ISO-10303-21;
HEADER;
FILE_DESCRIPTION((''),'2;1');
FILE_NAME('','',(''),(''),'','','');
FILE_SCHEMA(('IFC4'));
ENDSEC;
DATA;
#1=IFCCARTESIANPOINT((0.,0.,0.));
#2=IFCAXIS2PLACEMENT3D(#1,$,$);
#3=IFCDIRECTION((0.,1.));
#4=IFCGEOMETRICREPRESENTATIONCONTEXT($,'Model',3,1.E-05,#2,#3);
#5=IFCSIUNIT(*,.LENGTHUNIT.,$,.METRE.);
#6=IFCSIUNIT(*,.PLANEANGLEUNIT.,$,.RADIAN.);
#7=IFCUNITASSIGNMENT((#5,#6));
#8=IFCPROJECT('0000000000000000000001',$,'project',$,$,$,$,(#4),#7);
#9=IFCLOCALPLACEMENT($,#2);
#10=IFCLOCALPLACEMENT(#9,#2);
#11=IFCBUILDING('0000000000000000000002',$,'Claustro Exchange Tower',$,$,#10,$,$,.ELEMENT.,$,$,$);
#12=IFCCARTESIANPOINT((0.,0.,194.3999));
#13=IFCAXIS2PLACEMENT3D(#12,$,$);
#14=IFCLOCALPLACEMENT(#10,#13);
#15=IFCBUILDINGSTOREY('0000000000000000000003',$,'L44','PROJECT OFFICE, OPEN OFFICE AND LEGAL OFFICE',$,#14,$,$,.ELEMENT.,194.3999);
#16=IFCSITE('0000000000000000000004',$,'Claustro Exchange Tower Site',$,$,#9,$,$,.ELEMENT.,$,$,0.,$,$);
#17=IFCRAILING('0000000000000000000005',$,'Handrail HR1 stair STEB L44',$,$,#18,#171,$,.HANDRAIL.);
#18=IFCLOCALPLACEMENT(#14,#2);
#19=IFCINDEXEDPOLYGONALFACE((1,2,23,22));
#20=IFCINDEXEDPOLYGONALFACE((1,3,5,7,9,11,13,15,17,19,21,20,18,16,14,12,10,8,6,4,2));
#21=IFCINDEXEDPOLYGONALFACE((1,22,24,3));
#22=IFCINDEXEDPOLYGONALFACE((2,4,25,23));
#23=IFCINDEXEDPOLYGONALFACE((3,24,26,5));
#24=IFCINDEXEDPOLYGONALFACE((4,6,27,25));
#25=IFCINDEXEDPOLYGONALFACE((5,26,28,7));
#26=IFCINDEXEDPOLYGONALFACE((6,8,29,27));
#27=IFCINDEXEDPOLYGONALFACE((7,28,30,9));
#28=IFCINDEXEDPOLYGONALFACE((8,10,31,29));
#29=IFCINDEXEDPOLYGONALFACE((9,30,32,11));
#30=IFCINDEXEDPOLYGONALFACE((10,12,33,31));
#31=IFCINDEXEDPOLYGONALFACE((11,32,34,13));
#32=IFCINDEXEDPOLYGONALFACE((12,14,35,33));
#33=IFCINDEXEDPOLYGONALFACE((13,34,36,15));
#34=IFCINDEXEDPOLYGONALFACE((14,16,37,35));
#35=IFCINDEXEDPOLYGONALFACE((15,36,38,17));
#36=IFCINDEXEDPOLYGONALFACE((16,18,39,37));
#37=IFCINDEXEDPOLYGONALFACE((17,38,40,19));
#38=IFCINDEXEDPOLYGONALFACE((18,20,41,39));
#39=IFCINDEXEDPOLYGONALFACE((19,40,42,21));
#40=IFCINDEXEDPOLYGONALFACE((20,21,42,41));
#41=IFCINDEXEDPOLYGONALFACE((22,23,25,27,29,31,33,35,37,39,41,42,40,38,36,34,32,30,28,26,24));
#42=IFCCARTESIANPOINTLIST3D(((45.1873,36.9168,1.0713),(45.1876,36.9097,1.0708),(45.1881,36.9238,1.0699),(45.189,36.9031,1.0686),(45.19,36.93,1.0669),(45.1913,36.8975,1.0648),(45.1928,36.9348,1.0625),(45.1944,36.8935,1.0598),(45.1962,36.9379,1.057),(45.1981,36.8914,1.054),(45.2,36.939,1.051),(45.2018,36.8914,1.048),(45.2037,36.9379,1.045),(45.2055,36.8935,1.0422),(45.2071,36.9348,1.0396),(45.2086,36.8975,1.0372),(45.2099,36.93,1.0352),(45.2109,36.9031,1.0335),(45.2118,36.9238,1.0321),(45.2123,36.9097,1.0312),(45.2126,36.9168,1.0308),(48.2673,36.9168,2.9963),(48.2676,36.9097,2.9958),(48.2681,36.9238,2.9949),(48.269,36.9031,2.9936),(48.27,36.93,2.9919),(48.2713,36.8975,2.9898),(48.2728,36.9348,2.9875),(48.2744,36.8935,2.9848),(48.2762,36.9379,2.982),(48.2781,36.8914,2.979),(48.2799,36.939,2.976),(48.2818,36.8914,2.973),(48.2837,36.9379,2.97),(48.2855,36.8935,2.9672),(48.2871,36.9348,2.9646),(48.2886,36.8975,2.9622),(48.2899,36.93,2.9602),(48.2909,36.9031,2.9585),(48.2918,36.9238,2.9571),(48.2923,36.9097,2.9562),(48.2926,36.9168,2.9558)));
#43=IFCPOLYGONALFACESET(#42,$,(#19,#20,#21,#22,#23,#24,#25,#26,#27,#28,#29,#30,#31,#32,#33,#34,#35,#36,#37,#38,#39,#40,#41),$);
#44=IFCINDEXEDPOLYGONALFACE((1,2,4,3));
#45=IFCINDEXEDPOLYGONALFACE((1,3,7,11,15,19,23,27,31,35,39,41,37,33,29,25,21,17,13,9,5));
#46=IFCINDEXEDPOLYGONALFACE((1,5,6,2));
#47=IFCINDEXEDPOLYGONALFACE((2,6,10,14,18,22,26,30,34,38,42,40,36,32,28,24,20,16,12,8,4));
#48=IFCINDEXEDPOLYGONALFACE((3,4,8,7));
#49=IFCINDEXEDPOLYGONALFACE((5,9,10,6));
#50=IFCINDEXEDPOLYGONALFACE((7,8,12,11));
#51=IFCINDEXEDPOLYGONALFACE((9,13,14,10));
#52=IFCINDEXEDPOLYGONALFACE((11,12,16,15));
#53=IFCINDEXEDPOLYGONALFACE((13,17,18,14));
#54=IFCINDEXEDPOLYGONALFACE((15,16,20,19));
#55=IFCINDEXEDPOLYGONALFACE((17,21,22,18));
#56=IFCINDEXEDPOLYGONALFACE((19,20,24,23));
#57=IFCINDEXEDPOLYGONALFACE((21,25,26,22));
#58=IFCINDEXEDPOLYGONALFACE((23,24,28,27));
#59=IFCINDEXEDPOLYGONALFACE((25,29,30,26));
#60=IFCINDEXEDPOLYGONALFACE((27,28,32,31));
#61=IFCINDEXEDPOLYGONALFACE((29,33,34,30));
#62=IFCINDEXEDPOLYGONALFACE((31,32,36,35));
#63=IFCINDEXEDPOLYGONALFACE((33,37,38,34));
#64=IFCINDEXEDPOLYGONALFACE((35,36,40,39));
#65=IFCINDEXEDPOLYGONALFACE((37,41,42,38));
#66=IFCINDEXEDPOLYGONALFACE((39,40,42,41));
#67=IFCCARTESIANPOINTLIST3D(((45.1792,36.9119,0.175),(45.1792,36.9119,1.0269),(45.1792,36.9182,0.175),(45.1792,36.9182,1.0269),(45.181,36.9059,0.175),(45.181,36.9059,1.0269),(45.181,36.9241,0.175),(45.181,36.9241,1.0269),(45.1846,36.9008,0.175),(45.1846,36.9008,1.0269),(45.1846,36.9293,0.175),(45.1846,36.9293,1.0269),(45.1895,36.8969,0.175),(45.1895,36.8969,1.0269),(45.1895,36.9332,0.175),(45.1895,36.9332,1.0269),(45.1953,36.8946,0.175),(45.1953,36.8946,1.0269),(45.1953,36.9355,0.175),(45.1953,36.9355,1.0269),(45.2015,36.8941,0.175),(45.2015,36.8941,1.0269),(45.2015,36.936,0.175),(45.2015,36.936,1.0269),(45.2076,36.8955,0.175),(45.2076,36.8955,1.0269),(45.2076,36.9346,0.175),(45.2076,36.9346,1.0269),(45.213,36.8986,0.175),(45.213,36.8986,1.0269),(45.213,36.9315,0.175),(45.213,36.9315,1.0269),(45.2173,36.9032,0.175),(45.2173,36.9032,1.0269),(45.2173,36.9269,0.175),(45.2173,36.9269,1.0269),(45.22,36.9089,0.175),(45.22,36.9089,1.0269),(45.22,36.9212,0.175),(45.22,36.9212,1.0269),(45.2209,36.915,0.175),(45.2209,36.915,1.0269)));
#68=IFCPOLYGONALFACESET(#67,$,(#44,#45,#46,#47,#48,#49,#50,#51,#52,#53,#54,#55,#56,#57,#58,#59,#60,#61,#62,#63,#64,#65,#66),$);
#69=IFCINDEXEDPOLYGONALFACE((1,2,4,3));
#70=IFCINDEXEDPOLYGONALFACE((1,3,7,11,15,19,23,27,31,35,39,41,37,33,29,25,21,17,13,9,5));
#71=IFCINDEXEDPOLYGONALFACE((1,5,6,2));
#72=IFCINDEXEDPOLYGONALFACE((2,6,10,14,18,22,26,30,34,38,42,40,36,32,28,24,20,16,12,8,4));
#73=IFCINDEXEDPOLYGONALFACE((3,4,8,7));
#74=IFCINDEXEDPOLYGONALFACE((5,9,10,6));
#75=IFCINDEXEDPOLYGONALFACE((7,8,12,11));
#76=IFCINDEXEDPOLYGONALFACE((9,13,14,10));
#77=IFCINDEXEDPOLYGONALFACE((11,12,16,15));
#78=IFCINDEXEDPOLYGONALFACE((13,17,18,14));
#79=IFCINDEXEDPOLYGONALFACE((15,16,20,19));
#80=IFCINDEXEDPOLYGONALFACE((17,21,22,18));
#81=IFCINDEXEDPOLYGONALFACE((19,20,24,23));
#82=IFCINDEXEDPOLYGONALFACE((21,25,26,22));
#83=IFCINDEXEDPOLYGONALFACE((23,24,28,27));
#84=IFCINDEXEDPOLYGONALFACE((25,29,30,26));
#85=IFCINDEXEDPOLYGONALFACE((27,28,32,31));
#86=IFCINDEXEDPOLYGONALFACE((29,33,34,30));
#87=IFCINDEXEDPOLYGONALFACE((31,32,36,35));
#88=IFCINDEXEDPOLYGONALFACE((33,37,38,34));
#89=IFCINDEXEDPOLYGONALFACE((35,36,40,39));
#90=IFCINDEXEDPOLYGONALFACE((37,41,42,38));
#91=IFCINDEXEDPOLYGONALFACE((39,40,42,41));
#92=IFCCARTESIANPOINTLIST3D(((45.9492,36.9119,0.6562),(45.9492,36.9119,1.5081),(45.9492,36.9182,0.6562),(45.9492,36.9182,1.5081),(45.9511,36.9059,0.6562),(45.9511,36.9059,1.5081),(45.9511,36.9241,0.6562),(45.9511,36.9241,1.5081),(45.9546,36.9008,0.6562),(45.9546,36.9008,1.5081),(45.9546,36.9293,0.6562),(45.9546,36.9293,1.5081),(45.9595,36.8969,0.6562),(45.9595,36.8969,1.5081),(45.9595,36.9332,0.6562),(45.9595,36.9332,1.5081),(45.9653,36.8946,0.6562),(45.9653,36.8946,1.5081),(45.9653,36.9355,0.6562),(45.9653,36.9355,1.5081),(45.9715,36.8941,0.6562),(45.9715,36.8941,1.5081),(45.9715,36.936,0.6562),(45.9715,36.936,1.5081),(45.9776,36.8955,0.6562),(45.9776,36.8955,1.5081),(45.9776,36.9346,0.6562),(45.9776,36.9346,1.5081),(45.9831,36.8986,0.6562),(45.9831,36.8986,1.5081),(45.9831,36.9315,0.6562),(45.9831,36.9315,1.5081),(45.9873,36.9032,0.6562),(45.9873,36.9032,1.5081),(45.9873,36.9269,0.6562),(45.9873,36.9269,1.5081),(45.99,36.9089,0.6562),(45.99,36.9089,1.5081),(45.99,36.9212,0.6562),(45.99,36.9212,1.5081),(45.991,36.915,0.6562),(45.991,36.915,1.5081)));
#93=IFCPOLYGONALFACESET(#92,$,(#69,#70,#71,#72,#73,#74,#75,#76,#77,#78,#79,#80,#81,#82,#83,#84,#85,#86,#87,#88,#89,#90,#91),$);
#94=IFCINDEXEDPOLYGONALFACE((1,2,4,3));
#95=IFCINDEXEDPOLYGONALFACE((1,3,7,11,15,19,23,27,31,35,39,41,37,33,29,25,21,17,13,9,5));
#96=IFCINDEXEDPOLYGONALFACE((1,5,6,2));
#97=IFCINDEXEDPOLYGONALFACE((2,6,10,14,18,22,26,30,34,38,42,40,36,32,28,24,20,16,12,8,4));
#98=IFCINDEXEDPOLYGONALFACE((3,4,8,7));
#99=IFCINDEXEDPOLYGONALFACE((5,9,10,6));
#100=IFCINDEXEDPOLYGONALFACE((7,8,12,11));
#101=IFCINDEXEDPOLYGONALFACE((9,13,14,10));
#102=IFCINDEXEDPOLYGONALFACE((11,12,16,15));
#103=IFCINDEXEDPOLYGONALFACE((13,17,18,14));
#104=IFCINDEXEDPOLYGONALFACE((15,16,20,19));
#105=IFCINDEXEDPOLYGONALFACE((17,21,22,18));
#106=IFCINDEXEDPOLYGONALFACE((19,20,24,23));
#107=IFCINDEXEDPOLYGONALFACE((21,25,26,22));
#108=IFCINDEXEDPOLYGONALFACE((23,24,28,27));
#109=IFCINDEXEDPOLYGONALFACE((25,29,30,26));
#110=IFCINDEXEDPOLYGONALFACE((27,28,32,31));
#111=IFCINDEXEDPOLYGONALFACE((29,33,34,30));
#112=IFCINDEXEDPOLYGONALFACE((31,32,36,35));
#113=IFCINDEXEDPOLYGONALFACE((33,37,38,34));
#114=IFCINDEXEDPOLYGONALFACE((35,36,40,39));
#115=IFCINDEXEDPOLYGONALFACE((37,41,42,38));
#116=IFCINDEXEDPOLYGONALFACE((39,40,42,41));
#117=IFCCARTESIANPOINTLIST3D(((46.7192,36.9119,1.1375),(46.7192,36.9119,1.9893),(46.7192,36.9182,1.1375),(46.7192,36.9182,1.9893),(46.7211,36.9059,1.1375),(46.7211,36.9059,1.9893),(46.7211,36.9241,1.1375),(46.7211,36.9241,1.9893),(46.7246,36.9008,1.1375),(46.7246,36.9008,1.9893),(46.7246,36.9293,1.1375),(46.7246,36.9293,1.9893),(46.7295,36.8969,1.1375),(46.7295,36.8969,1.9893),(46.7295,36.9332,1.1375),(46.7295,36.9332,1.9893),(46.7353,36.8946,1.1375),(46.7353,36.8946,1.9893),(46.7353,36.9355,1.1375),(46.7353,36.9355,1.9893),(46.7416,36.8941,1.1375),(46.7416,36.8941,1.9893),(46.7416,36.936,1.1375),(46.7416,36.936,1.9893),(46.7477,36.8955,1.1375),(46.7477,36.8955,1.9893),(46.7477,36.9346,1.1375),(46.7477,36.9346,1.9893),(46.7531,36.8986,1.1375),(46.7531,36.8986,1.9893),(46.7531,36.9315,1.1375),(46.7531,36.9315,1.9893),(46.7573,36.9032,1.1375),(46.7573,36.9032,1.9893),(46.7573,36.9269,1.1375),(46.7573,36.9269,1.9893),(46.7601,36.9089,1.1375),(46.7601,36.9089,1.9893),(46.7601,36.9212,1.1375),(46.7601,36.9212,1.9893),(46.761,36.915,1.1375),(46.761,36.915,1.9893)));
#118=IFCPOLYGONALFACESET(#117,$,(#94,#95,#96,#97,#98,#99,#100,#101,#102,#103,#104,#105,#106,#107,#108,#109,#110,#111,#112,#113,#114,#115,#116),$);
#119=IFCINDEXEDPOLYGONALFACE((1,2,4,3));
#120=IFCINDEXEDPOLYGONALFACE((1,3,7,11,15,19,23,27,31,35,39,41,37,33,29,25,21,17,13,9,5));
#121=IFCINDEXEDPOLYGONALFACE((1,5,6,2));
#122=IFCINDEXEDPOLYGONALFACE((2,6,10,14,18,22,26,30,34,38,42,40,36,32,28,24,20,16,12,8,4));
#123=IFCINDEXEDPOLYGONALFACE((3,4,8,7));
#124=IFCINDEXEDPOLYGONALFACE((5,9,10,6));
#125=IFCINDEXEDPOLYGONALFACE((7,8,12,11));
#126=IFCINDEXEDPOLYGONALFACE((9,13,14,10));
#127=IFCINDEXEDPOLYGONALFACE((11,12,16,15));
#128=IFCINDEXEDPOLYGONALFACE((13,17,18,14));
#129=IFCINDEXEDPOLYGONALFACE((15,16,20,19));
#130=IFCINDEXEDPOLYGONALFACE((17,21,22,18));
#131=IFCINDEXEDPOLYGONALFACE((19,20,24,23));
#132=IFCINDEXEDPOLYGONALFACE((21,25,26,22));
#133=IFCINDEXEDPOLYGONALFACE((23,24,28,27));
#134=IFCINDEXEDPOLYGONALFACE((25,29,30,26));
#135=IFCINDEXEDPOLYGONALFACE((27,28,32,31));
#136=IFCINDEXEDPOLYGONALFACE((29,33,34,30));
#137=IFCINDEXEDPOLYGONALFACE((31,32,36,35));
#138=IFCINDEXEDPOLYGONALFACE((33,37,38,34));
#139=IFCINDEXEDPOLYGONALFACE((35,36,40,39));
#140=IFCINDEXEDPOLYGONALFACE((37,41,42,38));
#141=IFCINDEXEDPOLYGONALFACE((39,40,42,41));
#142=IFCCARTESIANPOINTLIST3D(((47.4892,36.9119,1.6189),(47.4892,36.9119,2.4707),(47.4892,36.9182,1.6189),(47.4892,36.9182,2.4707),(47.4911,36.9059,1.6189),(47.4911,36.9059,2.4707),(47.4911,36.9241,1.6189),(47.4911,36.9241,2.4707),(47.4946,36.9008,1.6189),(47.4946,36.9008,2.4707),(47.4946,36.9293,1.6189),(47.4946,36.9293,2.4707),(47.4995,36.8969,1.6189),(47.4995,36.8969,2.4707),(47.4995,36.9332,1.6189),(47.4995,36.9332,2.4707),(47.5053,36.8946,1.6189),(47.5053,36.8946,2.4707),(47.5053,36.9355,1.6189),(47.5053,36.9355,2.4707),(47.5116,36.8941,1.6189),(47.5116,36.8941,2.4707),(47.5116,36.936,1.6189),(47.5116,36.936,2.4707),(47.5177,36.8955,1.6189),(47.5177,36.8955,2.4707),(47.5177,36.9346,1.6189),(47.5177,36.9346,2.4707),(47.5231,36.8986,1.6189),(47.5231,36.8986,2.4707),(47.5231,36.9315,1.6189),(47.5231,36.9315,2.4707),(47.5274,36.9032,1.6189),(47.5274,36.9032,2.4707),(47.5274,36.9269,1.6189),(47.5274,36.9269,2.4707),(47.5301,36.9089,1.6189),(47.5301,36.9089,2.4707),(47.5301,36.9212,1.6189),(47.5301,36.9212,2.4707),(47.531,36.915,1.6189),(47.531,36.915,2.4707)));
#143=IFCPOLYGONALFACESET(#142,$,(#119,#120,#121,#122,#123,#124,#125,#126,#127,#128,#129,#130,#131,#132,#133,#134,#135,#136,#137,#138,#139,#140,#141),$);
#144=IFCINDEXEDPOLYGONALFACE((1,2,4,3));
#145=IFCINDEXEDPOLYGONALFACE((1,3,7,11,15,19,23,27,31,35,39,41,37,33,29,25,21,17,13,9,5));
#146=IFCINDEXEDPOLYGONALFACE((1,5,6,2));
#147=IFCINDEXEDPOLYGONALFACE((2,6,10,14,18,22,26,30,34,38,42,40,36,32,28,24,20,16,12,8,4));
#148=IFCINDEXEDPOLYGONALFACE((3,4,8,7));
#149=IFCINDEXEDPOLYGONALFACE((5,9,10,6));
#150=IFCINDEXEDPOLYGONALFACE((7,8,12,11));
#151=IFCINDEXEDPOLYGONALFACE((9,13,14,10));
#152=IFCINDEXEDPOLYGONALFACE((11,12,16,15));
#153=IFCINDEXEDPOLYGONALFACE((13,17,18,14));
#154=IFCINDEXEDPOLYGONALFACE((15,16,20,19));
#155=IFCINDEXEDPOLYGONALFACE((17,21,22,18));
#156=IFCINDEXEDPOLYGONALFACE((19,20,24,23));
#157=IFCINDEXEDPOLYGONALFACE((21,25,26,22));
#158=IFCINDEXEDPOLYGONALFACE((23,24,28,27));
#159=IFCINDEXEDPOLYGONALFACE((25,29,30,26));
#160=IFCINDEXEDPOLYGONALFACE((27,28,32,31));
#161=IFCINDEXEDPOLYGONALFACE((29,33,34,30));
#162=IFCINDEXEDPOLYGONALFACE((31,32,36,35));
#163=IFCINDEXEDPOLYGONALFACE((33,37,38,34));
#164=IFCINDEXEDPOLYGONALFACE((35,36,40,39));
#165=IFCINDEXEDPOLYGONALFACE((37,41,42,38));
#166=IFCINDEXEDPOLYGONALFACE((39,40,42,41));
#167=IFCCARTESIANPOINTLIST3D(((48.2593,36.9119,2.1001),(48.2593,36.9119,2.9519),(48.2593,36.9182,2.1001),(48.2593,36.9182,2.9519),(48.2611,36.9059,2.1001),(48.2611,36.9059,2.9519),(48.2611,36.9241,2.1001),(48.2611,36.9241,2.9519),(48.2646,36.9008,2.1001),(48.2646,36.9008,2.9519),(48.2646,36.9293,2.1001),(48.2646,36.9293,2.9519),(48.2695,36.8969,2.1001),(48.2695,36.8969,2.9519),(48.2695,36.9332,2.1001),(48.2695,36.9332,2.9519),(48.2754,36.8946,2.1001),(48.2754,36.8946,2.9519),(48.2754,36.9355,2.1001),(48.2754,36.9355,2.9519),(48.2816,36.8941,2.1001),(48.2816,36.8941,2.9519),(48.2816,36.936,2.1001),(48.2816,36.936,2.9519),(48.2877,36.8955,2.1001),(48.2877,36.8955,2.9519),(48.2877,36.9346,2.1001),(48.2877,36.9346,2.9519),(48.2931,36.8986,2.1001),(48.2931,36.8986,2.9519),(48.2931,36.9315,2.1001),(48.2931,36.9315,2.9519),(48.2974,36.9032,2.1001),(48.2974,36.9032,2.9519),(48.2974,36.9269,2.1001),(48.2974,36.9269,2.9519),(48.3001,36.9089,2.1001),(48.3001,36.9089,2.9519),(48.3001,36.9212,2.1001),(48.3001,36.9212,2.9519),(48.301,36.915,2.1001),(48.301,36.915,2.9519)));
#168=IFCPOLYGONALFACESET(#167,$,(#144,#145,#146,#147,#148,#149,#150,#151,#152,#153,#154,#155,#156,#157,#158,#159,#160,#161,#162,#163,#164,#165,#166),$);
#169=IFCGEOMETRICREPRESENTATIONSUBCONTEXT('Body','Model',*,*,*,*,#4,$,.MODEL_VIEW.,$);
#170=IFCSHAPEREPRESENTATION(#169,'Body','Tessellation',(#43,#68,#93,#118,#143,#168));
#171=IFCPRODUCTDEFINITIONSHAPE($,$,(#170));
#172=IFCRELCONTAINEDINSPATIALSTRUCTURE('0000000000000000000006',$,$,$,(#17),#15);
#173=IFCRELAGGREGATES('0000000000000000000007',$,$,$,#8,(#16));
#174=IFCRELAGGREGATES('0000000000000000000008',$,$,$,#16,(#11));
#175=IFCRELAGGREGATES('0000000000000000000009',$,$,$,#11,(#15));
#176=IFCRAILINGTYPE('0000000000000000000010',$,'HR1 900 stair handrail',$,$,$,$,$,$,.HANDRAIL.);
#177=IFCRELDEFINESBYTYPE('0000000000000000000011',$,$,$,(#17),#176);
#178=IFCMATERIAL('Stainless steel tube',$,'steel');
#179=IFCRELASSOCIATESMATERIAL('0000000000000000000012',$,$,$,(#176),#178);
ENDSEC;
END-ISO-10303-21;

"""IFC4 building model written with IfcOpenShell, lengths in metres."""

from ifc_helpers import new_model, si_unit, direction, frame, origin, origin_2d, place, context, subcontext, project, spatial, circle, extrude, material, type_object, element, save


model = new_model("IFC4")

# Units and contexts
model_context = context("Model", 3, precision=1e-05, world=origin(), true_north=direction((0.0, 1.0)))
body_context = subcontext(model_context, "Body", "Model", "MODEL_VIEW")
ifc_project = project(units=[si_unit("LENGTHUNIT", "METRE"), si_unit("PLANEANGLEUNIT", "RADIAN")], contexts=[model_context])

# Site, building, storey
site_placement = place(None, origin())
site = spatial("IfcSite", under=ifc_project, at=site_placement, Name="Claustro Exchange Tower Site", CompositionType="ELEMENT", RefElevation=0.0)
building_placement = place(site_placement, origin())
building = spatial("IfcBuilding", under=site, at=building_placement, Name="Claustro Exchange Tower", CompositionType="ELEMENT")
storey_placement = place(building_placement, frame((0.0, 0.0, 194.3999)))
storey = spatial("IfcBuildingStorey", under=building, at=storey_placement, Name="L44", Description="PROJECT OFFICE, OPEN OFFICE AND LEGAL OFFICE", CompositionType="ELEMENT", Elevation=194.3999)

# Railing
ifc_material_1 = material(Name="Stainless steel tube", Category="steel")
railing_type_1 = type_object("IfcRailingType", Name="HR1 900 stair handrail", PredefinedType="HANDRAIL", material=ifc_material_1)
railing_1_placement = place(storey_placement, frame((45.2, 36.915, 0.175)))
element("IfcRailing", 1, at=railing_1_placement, inside=storey, type_object=railing_type_1, Name="Handrail HR1 stair STEB L44", PredefinedType="HANDRAIL", context=body_context, shape_type="SweptSolid", body=[
    extrude(circle(Radius=0.0239, at=origin_2d()), frame((0.0, 0.0, 0.876), z_axis=(0.847998, 0.0, 0.529999), x_axis=(0.0, 1.0, 0.0)), (0.0, 0.0, 1.0), 3.6321),
    extrude(circle(Radius=0.021, at=origin_2d()), origin(), (0.0, 0.0, 1.0), 0.8518),
    extrude(circle(Radius=0.021, at=origin_2d()), frame((0.77, 0.0, 0.4812)), (0.0, 0.0, 1.0), 0.8518),
    extrude(circle(Radius=0.021, at=origin_2d()), frame((1.54, 0.0, 0.9624)), (0.0, 0.0, 1.0), 0.8518),
    extrude(circle(Radius=0.021, at=origin_2d()), frame((2.3101, 0.0, 1.4438)), (0.0, 0.0, 1.0), 0.8518),
    extrude(circle(Radius=0.021, at=origin_2d()), frame((3.0801, 0.0, 1.925)), (0.0, 0.0, 1.0), 0.8518),
])

save(model, "model.ifc")
